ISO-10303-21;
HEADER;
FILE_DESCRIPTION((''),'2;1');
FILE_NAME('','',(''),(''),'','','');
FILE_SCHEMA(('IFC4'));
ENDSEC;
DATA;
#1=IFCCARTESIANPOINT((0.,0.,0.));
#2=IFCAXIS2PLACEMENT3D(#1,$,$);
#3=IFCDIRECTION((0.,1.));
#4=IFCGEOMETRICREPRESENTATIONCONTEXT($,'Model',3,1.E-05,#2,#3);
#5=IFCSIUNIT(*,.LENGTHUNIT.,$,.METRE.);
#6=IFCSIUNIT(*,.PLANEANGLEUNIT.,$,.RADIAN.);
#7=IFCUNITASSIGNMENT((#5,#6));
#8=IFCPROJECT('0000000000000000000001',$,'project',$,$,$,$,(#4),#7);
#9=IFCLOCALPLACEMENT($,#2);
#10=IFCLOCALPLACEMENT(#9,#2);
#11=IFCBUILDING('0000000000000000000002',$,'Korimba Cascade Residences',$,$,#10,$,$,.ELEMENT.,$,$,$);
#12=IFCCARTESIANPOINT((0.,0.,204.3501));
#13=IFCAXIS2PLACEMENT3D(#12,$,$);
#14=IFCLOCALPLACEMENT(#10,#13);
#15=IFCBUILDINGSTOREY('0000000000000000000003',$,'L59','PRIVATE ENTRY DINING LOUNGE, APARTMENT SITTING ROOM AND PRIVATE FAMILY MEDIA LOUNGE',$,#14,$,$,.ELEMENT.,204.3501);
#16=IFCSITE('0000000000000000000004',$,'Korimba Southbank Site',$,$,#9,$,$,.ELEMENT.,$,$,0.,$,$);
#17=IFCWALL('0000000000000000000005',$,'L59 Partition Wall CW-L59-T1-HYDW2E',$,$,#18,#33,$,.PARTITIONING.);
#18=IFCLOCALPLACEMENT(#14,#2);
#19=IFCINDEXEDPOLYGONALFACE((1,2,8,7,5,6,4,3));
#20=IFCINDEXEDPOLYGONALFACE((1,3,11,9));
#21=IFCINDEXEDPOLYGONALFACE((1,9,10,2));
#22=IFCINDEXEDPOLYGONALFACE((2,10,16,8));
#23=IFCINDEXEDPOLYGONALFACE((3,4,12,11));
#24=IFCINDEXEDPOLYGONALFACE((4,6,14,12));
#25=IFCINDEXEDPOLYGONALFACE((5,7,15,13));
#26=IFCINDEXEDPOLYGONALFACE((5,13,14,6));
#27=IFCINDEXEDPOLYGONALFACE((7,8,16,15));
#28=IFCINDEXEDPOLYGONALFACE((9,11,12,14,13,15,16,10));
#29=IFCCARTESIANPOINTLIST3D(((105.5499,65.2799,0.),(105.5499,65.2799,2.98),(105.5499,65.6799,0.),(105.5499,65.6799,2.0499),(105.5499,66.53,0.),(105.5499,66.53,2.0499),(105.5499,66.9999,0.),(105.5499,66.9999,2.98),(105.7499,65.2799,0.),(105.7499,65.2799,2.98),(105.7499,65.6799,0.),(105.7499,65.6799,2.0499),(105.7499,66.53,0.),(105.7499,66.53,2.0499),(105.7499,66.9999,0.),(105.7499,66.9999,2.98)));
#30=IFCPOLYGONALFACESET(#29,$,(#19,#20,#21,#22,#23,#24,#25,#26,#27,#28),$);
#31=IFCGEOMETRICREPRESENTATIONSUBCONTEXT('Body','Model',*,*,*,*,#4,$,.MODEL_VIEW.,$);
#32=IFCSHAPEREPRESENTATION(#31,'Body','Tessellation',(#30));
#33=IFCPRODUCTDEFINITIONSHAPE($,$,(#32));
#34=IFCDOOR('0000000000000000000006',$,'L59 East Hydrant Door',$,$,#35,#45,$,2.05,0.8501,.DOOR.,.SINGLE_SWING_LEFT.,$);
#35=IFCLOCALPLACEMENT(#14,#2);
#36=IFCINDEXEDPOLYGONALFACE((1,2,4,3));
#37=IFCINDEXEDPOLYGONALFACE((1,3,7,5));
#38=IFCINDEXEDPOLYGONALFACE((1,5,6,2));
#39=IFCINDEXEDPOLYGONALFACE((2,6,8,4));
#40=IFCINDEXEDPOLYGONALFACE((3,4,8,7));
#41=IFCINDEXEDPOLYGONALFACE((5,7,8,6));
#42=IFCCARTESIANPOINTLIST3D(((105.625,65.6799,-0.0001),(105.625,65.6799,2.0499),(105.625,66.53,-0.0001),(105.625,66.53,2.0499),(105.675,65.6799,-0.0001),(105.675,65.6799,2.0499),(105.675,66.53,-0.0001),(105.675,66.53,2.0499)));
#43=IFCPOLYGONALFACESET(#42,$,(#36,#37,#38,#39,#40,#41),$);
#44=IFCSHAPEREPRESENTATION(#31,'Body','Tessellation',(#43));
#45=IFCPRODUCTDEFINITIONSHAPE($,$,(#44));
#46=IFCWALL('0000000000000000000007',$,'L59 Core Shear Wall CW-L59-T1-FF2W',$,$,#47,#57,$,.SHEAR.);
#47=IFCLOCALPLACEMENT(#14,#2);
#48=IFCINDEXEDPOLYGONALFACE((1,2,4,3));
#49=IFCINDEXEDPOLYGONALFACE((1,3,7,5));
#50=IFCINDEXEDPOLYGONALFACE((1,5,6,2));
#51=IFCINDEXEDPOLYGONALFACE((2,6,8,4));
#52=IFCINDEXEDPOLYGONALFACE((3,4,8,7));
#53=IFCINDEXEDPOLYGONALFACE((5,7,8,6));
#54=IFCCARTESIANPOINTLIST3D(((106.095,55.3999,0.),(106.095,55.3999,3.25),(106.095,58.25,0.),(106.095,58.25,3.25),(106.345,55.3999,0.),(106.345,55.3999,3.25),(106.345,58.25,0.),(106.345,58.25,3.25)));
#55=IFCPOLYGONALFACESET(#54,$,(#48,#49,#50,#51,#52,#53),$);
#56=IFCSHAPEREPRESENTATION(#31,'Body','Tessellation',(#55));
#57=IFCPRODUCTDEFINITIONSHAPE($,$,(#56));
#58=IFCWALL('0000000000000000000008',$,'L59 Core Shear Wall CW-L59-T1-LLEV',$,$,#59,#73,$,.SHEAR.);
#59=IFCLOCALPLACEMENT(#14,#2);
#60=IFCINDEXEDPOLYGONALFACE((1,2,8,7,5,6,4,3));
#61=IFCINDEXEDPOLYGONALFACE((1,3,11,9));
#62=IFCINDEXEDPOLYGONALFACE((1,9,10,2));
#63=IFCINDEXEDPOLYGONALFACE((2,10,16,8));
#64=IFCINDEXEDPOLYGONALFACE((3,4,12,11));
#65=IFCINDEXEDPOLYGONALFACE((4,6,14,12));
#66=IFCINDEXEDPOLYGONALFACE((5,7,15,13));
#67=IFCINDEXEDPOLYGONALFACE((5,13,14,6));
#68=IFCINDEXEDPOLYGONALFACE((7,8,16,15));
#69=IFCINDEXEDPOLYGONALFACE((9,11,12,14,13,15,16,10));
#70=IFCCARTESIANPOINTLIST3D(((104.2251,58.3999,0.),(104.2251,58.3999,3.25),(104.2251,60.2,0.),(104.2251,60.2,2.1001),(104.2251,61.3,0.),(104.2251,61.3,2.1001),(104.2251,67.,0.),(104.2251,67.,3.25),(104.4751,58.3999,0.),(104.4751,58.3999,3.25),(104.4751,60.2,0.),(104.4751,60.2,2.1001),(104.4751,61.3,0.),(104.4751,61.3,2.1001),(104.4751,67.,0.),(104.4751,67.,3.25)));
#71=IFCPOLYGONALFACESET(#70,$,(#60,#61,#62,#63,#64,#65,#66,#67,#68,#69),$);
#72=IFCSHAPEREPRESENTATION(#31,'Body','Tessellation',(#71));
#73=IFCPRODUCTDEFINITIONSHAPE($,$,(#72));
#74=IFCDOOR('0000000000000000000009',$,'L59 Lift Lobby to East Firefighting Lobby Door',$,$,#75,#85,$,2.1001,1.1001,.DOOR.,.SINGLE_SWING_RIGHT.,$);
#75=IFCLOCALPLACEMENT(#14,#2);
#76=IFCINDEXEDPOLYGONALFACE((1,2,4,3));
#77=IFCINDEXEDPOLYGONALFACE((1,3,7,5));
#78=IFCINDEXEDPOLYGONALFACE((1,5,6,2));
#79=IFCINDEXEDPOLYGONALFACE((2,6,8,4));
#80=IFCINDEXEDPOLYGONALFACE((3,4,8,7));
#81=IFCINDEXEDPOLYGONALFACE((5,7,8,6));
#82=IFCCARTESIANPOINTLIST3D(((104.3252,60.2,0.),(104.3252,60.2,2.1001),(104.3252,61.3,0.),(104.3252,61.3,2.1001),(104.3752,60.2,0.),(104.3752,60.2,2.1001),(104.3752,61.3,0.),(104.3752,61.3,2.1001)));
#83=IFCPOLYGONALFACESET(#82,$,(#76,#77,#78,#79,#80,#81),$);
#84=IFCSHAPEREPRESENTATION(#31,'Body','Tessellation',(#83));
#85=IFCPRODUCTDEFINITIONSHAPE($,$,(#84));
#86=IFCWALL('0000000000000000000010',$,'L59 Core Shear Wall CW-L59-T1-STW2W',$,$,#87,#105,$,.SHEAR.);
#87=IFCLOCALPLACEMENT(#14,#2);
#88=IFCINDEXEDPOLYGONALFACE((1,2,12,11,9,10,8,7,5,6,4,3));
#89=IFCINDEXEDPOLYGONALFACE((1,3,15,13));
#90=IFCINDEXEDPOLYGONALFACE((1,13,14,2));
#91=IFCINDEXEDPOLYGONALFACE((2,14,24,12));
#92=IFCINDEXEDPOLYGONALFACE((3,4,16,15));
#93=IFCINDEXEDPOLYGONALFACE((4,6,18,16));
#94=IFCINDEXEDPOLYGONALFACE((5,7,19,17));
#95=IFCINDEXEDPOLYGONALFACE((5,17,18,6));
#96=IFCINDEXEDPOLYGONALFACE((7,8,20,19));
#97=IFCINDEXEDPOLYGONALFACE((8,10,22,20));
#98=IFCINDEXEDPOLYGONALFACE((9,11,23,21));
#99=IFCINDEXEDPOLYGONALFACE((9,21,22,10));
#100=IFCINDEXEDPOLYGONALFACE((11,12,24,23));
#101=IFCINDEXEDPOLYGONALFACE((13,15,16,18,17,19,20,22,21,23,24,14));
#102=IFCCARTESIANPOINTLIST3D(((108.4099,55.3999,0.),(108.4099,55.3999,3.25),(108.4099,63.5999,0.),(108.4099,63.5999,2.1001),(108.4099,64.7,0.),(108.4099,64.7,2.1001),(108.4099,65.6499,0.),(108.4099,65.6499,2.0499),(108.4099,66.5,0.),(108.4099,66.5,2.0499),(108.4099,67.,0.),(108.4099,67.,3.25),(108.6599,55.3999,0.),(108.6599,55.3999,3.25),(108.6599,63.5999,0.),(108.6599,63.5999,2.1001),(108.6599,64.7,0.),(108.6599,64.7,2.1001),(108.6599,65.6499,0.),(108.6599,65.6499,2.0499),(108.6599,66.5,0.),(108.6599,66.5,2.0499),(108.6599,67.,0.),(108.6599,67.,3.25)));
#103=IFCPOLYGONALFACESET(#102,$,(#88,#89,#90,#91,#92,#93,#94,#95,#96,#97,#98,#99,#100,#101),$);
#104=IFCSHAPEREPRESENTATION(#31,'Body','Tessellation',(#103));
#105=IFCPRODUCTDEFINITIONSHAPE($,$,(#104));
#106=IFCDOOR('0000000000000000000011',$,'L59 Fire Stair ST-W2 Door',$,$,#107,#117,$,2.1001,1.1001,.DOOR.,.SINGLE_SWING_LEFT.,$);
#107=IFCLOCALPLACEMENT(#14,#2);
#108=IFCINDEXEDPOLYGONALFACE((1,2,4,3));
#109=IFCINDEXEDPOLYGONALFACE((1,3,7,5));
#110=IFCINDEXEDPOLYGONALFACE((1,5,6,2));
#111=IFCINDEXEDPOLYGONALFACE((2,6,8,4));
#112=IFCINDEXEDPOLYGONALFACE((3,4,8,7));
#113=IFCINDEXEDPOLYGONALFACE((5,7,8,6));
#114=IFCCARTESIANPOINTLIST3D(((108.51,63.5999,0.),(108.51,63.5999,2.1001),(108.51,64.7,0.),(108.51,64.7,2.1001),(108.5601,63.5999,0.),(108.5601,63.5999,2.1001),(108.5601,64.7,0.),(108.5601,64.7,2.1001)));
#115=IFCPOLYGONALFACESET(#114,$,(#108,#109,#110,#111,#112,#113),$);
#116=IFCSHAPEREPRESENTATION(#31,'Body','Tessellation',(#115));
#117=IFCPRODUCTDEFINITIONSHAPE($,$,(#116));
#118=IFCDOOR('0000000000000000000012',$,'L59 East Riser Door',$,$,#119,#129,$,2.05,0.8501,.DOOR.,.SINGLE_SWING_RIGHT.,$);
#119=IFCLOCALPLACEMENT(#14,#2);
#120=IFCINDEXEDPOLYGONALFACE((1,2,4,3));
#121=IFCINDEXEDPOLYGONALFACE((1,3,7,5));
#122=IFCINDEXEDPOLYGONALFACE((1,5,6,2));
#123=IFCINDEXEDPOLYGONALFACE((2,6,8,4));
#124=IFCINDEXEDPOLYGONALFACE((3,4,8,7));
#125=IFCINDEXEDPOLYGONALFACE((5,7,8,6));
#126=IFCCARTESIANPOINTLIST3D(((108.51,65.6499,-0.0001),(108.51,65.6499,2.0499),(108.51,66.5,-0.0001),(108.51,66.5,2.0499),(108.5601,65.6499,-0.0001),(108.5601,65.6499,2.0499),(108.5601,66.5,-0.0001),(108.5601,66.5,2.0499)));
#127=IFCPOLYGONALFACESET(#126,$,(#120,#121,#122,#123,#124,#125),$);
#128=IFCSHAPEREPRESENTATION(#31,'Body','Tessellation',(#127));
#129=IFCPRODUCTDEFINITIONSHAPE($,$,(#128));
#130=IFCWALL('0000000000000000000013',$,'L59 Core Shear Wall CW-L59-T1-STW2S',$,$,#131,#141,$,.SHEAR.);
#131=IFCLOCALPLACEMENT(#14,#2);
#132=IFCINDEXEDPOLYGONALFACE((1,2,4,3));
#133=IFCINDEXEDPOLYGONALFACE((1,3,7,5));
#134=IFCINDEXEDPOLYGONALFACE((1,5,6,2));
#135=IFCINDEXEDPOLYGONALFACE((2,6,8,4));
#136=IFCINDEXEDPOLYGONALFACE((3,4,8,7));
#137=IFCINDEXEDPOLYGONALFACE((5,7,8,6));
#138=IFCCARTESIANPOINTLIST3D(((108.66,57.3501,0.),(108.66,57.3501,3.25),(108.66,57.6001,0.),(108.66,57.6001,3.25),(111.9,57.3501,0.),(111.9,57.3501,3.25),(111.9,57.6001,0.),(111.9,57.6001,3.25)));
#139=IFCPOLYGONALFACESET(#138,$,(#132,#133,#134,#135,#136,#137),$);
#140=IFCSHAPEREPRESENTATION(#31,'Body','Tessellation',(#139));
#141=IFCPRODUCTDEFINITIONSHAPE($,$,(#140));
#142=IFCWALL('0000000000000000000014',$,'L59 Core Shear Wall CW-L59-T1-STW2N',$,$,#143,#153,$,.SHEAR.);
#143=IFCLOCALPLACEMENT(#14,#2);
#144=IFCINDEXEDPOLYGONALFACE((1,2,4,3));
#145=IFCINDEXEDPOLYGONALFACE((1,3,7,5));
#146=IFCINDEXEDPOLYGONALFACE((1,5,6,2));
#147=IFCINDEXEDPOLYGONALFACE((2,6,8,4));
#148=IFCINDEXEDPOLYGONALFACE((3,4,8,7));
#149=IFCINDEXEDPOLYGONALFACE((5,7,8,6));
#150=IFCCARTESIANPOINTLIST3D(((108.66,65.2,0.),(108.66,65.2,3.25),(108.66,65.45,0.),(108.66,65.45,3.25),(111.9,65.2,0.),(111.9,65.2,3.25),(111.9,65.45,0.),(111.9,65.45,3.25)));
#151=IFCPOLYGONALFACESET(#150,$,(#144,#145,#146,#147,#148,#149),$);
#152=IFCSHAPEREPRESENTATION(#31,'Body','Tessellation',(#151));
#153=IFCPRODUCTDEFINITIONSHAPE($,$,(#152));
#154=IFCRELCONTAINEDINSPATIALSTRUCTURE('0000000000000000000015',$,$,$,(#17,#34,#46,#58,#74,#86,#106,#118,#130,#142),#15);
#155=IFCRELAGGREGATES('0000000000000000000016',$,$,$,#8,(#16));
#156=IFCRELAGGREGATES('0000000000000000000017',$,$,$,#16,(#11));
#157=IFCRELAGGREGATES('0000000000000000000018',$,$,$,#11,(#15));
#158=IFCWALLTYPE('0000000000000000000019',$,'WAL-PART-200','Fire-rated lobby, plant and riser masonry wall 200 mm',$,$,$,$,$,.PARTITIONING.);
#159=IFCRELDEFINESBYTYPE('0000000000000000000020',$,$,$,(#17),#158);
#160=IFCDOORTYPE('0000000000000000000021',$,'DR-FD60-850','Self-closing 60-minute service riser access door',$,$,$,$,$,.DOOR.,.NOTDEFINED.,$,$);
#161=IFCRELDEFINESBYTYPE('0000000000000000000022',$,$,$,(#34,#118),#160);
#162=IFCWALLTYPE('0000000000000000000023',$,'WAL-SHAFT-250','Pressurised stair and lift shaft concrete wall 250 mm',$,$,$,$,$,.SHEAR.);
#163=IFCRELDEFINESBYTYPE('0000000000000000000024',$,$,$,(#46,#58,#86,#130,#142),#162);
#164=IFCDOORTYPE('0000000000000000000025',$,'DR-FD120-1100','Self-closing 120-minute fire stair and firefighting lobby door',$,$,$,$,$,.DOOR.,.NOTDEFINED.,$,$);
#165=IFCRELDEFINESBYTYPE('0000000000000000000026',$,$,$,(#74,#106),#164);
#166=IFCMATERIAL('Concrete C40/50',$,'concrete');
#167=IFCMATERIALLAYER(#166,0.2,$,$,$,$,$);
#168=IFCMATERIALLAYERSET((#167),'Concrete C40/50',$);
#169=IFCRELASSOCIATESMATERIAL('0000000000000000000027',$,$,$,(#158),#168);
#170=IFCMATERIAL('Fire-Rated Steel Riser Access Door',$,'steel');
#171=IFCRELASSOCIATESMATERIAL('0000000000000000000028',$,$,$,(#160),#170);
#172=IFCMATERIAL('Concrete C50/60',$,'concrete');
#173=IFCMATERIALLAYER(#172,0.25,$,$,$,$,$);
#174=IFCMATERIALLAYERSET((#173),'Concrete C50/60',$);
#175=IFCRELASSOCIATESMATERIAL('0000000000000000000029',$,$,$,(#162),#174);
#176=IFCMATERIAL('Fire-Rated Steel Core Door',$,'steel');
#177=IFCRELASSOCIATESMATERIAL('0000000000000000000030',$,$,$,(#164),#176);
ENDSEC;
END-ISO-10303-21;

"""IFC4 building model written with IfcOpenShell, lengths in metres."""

from ifc_helpers import new_model, si_unit, direction, frame, frame_2d, origin, place, context, subcontext, project, spatial, rectangle, extrude, material, layer, layer_set, type_object, element, fill, save


model = new_model("IFC4")

# Units and contexts
model_context = context("Model", 3, precision=1e-05, world=origin(), true_north=direction((0.0, 1.0)))
body_context = subcontext(model_context, "Body", "Model", "MODEL_VIEW")
ifc_project = project(units=[si_unit("LENGTHUNIT", "METRE"), si_unit("PLANEANGLEUNIT", "RADIAN")], contexts=[model_context])

# Site, building, storey
site_placement = place(None, origin())
site = spatial("IfcSite", under=ifc_project, at=site_placement, Name="Korimba Southbank Site", CompositionType="ELEMENT", RefElevation=0.0)
building_placement = place(site_placement, origin())
building = spatial("IfcBuilding", under=site, at=building_placement, Name="Korimba Cascade Residences", CompositionType="ELEMENT")
storey_placement = place(building_placement, frame((0.0, 0.0, 204.3501)))
storey = spatial("IfcBuildingStorey", under=building, at=storey_placement, Name="L59", Description="PRIVATE ENTRY DINING LOUNGE, APARTMENT SITTING ROOM AND PRIVATE FAMILY MEDIA LOUNGE", CompositionType="ELEMENT", Elevation=204.3501)

# Shared definitions
ifc_material_1 = material(Name="Concrete C40/50", Category="concrete")
ifc_layer_1 = layer(ifc_material_1, 0.2)
ifc_layer_set_1 = layer_set([ifc_layer_1], Name="Concrete C40/50")
wall_type_1 = type_object("IfcWallType", Name="WAL-PART-200", Description="Fire-rated lobby, plant and riser masonry wall 200 mm", PredefinedType="PARTITIONING", material=ifc_layer_set_1)

# Wall, opening, door
wall_1_placement = place(storey_placement, frame((105.6499, 65.28, 0.0), z_axis=(0.0, 0.0, 1.0), x_axis=(0.0, 1.0, 0.0)))
wall_1 = element("IfcWall", 1, at=wall_1_placement, inside=storey, type_object=wall_type_1, Name="L59 Partition Wall CW-L59-T1-HYDW2E", PredefinedType="PARTITIONING", context=body_context, shape_type="SweptSolid", body=[
    extrude(rectangle(XDim=1.72, YDim=0.2, at=frame_2d((0.8599, 0.0))), origin(), (0.0, 0.0, 1.0), 2.98),
])
opening_1_placement = place(wall_1_placement, frame((0.3999, 0.0, 0.0)))
opening_1 = element("IfcOpeningElement", 2, at=opening_1_placement, cuts=wall_1, PredefinedType="OPENING", context=body_context, shape_type="SweptSolid", body=[
    extrude(rectangle(XDim=0.8501, YDim=2.05, at=frame_2d((0.425, 1.0249))), frame((0.0, 0.1099, 0.0), z_axis=(0.0, -1.0, 0.0), x_axis=(1.0, 0.0, 0.0)), (0.0, 0.0, 1.0), 0.22),
])
ifc_material_2 = material(Name="Fire-Rated Steel Riser Access Door", Category="steel")
door_type_1 = type_object("IfcDoorType", Name="DR-FD60-850", Description="Self-closing 60-minute service riser access door", OperationType="NOTDEFINED", PredefinedType="DOOR", material=ifc_material_2)
door_1_placement = place(opening_1_placement, origin())
door_1 = element("IfcDoor", 3, at=door_1_placement, inside=storey, type_object=door_type_1, Name="L59 East Hydrant Door", OperationType="SINGLE_SWING_LEFT", OverallHeight=2.05, OverallWidth=0.8501, PredefinedType="DOOR", context=body_context, shape_type="SweptSolid", body=[
    extrude(rectangle(XDim=0.8501, YDim=2.05, at=frame_2d((0.425, 1.0249))), frame((0.0, 0.0249, 0.0), z_axis=(0.0, -1.0, 0.0), x_axis=(1.0, 0.0, 0.0)), (0.0, 0.0, 1.0), 0.05),
])
fill(opening_1, door_1)

# Shared definitions
ifc_material_3 = material(Name="Concrete C50/60", Category="concrete")
ifc_layer_2 = layer(ifc_material_3, 0.25)
ifc_layer_set_2 = layer_set([ifc_layer_2], Name="Concrete C50/60")
wall_type_2 = type_object("IfcWallType", Name="WAL-SHAFT-250", Description="Pressurised stair and lift shaft concrete wall 250 mm", PredefinedType="SHEAR", material=ifc_layer_set_2)

# Wall
wall_2_placement = place(storey_placement, frame((106.22, 55.3999, 0.0), z_axis=(0.0, 0.0, 1.0), x_axis=(0.0, 1.0, 0.0)))
element("IfcWall", 4, at=wall_2_placement, inside=storey, type_object=wall_type_2, Name="L59 Core Shear Wall CW-L59-T1-FF2W", PredefinedType="SHEAR", context=body_context, shape_type="SweptSolid", body=[
    extrude(rectangle(XDim=2.8501, YDim=0.25, at=frame_2d((1.425, 0.0))), origin(), (0.0, 0.0, 1.0), 3.25),
])

# Wall, opening, door
wall_3_placement = place(storey_placement, frame((104.3501, 58.3999, 0.0), z_axis=(0.0, 0.0, 1.0), x_axis=(0.0, 1.0, 0.0)))
wall_3 = element("IfcWall", 5, at=wall_3_placement, inside=storey, type_object=wall_type_2, Name="L59 Core Shear Wall CW-L59-T1-LLEV", PredefinedType="SHEAR", context=body_context, shape_type="SweptSolid", body=[
    extrude(rectangle(XDim=8.6001, YDim=0.25, at=frame_2d((4.3, 0.0))), origin(), (0.0, 0.0, 1.0), 3.25),
])
opening_2_placement = place(wall_3_placement, frame((1.8, 0.0, 0.0)))
opening_2 = element("IfcOpeningElement", 6, at=opening_2_placement, cuts=wall_3, PredefinedType="OPENING", context=body_context, shape_type="SweptSolid", body=[
    extrude(rectangle(XDim=1.1001, YDim=2.1001, at=frame_2d((0.55, 1.05))), frame((0.0, 0.135, 0.0), z_axis=(0.0, -1.0, 0.0), x_axis=(1.0, 0.0, 0.0)), (0.0, 0.0, 1.0), 0.27),
])
ifc_material_4 = material(Name="Fire-Rated Steel Core Door", Category="steel")
door_type_2 = type_object("IfcDoorType", Name="DR-FD120-1100", Description="Self-closing 120-minute fire stair and firefighting lobby door", OperationType="NOTDEFINED", PredefinedType="DOOR", material=ifc_material_4)
door_2_placement = place(opening_2_placement, origin())
door_2 = element("IfcDoor", 7, at=door_2_placement, inside=storey, type_object=door_type_2, Name="L59 Lift Lobby to East Firefighting Lobby Door", OperationType="SINGLE_SWING_RIGHT", OverallHeight=2.1001, OverallWidth=1.1001, PredefinedType="DOOR", context=body_context, shape_type="SweptSolid", body=[
    extrude(rectangle(XDim=1.1001, YDim=2.1001, at=frame_2d((0.55, 1.05))), frame((0.0, 0.0249, 0.0), z_axis=(0.0, -1.0, 0.0), x_axis=(1.0, 0.0, 0.0)), (0.0, 0.0, 1.0), 0.05),
])
fill(opening_2, door_2)

# Wall, openings, doors
wall_4_placement = place(storey_placement, frame((108.5349, 55.3999, 0.0), z_axis=(0.0, 0.0, 1.0), x_axis=(0.0, 1.0, 0.0)))
wall_4 = element("IfcWall", 8, at=wall_4_placement, inside=storey, type_object=wall_type_2, Name="L59 Core Shear Wall CW-L59-T1-STW2W", PredefinedType="SHEAR", context=body_context, shape_type="SweptSolid", body=[
    extrude(rectangle(XDim=11.6001, YDim=0.25, at=frame_2d((5.8, 0.0))), origin(), (0.0, 0.0, 1.0), 3.25),
])
opening_3_placement = place(wall_4_placement, frame((8.2, 0.0, 0.0)))
opening_3 = element("IfcOpeningElement", 9, at=opening_3_placement, cuts=wall_4, PredefinedType="OPENING", context=body_context, shape_type="SweptSolid", body=[
    extrude(rectangle(XDim=1.1001, YDim=2.1001, at=frame_2d((0.55, 1.05))), frame((0.0, 0.135, 0.0), z_axis=(0.0, -1.0, 0.0), x_axis=(1.0, 0.0, 0.0)), (0.0, 0.0, 1.0), 0.27),
])
opening_4_placement = place(wall_4_placement, frame((10.25, 0.0, 0.0)))
opening_4 = element("IfcOpeningElement", 10, at=opening_4_placement, cuts=wall_4, PredefinedType="OPENING", context=body_context, shape_type="SweptSolid", body=[
    extrude(rectangle(XDim=0.8501, YDim=2.05, at=frame_2d((0.425, 1.0249))), frame((0.0, 0.135, 0.0), z_axis=(0.0, -1.0, 0.0), x_axis=(1.0, 0.0, 0.0)), (0.0, 0.0, 1.0), 0.27),
])
door_3_placement = place(opening_3_placement, origin())
door_3 = element("IfcDoor", 11, at=door_3_placement, inside=storey, type_object=door_type_2, Name="L59 Fire Stair ST-W2 Door", OperationType="SINGLE_SWING_LEFT", OverallHeight=2.1001, OverallWidth=1.1001, PredefinedType="DOOR", context=body_context, shape_type="SweptSolid", body=[
    extrude(rectangle(XDim=1.1001, YDim=2.1001, at=frame_2d((0.55, 1.05))), frame((0.0, 0.0249, 0.0), z_axis=(0.0, -1.0, 0.0), x_axis=(1.0, 0.0, 0.0)), (0.0, 0.0, 1.0), 0.05),
])
fill(opening_3, door_3)
door_4_placement = place(opening_4_placement, origin())
door_4 = element("IfcDoor", 12, at=door_4_placement, inside=storey, type_object=door_type_1, Name="L59 East Riser Door", OperationType="SINGLE_SWING_RIGHT", OverallHeight=2.05, OverallWidth=0.8501, PredefinedType="DOOR", context=body_context, shape_type="SweptSolid", body=[
    extrude(rectangle(XDim=0.8501, YDim=2.05, at=frame_2d((0.425, 1.0249))), frame((0.0, 0.0249, 0.0), z_axis=(0.0, -1.0, 0.0), x_axis=(1.0, 0.0, 0.0)), (0.0, 0.0, 1.0), 0.05),
])
fill(opening_4, door_4)

# Walls
for number, where, z_axis, x_axis, name in (
    (13, (108.6599, 57.4751, 0.0), (0.0, 0.0, 1.0), (1.0, 0.0, 0.0), "L59 Core Shear Wall CW-L59-T1-STW2S"),
    (14, (108.6599, 65.325, 0.0), (0.0, 0.0, 1.0), (1.0, 0.0, 0.0), "L59 Core Shear Wall CW-L59-T1-STW2N"),
):
    element("IfcWall", number, at=place(storey_placement, frame(where, z_axis=z_axis, x_axis=x_axis)), inside=storey, type_object=wall_type_2, Name=name, PredefinedType="SHEAR", context=body_context, shape_type="SweptSolid", body=[
        extrude(rectangle(XDim=3.24, YDim=0.25, at=frame_2d((1.6201, 0.0))), origin(), (0.0, 0.0, 1.0), 3.25),
    ])

save(model, "model.ifc")
